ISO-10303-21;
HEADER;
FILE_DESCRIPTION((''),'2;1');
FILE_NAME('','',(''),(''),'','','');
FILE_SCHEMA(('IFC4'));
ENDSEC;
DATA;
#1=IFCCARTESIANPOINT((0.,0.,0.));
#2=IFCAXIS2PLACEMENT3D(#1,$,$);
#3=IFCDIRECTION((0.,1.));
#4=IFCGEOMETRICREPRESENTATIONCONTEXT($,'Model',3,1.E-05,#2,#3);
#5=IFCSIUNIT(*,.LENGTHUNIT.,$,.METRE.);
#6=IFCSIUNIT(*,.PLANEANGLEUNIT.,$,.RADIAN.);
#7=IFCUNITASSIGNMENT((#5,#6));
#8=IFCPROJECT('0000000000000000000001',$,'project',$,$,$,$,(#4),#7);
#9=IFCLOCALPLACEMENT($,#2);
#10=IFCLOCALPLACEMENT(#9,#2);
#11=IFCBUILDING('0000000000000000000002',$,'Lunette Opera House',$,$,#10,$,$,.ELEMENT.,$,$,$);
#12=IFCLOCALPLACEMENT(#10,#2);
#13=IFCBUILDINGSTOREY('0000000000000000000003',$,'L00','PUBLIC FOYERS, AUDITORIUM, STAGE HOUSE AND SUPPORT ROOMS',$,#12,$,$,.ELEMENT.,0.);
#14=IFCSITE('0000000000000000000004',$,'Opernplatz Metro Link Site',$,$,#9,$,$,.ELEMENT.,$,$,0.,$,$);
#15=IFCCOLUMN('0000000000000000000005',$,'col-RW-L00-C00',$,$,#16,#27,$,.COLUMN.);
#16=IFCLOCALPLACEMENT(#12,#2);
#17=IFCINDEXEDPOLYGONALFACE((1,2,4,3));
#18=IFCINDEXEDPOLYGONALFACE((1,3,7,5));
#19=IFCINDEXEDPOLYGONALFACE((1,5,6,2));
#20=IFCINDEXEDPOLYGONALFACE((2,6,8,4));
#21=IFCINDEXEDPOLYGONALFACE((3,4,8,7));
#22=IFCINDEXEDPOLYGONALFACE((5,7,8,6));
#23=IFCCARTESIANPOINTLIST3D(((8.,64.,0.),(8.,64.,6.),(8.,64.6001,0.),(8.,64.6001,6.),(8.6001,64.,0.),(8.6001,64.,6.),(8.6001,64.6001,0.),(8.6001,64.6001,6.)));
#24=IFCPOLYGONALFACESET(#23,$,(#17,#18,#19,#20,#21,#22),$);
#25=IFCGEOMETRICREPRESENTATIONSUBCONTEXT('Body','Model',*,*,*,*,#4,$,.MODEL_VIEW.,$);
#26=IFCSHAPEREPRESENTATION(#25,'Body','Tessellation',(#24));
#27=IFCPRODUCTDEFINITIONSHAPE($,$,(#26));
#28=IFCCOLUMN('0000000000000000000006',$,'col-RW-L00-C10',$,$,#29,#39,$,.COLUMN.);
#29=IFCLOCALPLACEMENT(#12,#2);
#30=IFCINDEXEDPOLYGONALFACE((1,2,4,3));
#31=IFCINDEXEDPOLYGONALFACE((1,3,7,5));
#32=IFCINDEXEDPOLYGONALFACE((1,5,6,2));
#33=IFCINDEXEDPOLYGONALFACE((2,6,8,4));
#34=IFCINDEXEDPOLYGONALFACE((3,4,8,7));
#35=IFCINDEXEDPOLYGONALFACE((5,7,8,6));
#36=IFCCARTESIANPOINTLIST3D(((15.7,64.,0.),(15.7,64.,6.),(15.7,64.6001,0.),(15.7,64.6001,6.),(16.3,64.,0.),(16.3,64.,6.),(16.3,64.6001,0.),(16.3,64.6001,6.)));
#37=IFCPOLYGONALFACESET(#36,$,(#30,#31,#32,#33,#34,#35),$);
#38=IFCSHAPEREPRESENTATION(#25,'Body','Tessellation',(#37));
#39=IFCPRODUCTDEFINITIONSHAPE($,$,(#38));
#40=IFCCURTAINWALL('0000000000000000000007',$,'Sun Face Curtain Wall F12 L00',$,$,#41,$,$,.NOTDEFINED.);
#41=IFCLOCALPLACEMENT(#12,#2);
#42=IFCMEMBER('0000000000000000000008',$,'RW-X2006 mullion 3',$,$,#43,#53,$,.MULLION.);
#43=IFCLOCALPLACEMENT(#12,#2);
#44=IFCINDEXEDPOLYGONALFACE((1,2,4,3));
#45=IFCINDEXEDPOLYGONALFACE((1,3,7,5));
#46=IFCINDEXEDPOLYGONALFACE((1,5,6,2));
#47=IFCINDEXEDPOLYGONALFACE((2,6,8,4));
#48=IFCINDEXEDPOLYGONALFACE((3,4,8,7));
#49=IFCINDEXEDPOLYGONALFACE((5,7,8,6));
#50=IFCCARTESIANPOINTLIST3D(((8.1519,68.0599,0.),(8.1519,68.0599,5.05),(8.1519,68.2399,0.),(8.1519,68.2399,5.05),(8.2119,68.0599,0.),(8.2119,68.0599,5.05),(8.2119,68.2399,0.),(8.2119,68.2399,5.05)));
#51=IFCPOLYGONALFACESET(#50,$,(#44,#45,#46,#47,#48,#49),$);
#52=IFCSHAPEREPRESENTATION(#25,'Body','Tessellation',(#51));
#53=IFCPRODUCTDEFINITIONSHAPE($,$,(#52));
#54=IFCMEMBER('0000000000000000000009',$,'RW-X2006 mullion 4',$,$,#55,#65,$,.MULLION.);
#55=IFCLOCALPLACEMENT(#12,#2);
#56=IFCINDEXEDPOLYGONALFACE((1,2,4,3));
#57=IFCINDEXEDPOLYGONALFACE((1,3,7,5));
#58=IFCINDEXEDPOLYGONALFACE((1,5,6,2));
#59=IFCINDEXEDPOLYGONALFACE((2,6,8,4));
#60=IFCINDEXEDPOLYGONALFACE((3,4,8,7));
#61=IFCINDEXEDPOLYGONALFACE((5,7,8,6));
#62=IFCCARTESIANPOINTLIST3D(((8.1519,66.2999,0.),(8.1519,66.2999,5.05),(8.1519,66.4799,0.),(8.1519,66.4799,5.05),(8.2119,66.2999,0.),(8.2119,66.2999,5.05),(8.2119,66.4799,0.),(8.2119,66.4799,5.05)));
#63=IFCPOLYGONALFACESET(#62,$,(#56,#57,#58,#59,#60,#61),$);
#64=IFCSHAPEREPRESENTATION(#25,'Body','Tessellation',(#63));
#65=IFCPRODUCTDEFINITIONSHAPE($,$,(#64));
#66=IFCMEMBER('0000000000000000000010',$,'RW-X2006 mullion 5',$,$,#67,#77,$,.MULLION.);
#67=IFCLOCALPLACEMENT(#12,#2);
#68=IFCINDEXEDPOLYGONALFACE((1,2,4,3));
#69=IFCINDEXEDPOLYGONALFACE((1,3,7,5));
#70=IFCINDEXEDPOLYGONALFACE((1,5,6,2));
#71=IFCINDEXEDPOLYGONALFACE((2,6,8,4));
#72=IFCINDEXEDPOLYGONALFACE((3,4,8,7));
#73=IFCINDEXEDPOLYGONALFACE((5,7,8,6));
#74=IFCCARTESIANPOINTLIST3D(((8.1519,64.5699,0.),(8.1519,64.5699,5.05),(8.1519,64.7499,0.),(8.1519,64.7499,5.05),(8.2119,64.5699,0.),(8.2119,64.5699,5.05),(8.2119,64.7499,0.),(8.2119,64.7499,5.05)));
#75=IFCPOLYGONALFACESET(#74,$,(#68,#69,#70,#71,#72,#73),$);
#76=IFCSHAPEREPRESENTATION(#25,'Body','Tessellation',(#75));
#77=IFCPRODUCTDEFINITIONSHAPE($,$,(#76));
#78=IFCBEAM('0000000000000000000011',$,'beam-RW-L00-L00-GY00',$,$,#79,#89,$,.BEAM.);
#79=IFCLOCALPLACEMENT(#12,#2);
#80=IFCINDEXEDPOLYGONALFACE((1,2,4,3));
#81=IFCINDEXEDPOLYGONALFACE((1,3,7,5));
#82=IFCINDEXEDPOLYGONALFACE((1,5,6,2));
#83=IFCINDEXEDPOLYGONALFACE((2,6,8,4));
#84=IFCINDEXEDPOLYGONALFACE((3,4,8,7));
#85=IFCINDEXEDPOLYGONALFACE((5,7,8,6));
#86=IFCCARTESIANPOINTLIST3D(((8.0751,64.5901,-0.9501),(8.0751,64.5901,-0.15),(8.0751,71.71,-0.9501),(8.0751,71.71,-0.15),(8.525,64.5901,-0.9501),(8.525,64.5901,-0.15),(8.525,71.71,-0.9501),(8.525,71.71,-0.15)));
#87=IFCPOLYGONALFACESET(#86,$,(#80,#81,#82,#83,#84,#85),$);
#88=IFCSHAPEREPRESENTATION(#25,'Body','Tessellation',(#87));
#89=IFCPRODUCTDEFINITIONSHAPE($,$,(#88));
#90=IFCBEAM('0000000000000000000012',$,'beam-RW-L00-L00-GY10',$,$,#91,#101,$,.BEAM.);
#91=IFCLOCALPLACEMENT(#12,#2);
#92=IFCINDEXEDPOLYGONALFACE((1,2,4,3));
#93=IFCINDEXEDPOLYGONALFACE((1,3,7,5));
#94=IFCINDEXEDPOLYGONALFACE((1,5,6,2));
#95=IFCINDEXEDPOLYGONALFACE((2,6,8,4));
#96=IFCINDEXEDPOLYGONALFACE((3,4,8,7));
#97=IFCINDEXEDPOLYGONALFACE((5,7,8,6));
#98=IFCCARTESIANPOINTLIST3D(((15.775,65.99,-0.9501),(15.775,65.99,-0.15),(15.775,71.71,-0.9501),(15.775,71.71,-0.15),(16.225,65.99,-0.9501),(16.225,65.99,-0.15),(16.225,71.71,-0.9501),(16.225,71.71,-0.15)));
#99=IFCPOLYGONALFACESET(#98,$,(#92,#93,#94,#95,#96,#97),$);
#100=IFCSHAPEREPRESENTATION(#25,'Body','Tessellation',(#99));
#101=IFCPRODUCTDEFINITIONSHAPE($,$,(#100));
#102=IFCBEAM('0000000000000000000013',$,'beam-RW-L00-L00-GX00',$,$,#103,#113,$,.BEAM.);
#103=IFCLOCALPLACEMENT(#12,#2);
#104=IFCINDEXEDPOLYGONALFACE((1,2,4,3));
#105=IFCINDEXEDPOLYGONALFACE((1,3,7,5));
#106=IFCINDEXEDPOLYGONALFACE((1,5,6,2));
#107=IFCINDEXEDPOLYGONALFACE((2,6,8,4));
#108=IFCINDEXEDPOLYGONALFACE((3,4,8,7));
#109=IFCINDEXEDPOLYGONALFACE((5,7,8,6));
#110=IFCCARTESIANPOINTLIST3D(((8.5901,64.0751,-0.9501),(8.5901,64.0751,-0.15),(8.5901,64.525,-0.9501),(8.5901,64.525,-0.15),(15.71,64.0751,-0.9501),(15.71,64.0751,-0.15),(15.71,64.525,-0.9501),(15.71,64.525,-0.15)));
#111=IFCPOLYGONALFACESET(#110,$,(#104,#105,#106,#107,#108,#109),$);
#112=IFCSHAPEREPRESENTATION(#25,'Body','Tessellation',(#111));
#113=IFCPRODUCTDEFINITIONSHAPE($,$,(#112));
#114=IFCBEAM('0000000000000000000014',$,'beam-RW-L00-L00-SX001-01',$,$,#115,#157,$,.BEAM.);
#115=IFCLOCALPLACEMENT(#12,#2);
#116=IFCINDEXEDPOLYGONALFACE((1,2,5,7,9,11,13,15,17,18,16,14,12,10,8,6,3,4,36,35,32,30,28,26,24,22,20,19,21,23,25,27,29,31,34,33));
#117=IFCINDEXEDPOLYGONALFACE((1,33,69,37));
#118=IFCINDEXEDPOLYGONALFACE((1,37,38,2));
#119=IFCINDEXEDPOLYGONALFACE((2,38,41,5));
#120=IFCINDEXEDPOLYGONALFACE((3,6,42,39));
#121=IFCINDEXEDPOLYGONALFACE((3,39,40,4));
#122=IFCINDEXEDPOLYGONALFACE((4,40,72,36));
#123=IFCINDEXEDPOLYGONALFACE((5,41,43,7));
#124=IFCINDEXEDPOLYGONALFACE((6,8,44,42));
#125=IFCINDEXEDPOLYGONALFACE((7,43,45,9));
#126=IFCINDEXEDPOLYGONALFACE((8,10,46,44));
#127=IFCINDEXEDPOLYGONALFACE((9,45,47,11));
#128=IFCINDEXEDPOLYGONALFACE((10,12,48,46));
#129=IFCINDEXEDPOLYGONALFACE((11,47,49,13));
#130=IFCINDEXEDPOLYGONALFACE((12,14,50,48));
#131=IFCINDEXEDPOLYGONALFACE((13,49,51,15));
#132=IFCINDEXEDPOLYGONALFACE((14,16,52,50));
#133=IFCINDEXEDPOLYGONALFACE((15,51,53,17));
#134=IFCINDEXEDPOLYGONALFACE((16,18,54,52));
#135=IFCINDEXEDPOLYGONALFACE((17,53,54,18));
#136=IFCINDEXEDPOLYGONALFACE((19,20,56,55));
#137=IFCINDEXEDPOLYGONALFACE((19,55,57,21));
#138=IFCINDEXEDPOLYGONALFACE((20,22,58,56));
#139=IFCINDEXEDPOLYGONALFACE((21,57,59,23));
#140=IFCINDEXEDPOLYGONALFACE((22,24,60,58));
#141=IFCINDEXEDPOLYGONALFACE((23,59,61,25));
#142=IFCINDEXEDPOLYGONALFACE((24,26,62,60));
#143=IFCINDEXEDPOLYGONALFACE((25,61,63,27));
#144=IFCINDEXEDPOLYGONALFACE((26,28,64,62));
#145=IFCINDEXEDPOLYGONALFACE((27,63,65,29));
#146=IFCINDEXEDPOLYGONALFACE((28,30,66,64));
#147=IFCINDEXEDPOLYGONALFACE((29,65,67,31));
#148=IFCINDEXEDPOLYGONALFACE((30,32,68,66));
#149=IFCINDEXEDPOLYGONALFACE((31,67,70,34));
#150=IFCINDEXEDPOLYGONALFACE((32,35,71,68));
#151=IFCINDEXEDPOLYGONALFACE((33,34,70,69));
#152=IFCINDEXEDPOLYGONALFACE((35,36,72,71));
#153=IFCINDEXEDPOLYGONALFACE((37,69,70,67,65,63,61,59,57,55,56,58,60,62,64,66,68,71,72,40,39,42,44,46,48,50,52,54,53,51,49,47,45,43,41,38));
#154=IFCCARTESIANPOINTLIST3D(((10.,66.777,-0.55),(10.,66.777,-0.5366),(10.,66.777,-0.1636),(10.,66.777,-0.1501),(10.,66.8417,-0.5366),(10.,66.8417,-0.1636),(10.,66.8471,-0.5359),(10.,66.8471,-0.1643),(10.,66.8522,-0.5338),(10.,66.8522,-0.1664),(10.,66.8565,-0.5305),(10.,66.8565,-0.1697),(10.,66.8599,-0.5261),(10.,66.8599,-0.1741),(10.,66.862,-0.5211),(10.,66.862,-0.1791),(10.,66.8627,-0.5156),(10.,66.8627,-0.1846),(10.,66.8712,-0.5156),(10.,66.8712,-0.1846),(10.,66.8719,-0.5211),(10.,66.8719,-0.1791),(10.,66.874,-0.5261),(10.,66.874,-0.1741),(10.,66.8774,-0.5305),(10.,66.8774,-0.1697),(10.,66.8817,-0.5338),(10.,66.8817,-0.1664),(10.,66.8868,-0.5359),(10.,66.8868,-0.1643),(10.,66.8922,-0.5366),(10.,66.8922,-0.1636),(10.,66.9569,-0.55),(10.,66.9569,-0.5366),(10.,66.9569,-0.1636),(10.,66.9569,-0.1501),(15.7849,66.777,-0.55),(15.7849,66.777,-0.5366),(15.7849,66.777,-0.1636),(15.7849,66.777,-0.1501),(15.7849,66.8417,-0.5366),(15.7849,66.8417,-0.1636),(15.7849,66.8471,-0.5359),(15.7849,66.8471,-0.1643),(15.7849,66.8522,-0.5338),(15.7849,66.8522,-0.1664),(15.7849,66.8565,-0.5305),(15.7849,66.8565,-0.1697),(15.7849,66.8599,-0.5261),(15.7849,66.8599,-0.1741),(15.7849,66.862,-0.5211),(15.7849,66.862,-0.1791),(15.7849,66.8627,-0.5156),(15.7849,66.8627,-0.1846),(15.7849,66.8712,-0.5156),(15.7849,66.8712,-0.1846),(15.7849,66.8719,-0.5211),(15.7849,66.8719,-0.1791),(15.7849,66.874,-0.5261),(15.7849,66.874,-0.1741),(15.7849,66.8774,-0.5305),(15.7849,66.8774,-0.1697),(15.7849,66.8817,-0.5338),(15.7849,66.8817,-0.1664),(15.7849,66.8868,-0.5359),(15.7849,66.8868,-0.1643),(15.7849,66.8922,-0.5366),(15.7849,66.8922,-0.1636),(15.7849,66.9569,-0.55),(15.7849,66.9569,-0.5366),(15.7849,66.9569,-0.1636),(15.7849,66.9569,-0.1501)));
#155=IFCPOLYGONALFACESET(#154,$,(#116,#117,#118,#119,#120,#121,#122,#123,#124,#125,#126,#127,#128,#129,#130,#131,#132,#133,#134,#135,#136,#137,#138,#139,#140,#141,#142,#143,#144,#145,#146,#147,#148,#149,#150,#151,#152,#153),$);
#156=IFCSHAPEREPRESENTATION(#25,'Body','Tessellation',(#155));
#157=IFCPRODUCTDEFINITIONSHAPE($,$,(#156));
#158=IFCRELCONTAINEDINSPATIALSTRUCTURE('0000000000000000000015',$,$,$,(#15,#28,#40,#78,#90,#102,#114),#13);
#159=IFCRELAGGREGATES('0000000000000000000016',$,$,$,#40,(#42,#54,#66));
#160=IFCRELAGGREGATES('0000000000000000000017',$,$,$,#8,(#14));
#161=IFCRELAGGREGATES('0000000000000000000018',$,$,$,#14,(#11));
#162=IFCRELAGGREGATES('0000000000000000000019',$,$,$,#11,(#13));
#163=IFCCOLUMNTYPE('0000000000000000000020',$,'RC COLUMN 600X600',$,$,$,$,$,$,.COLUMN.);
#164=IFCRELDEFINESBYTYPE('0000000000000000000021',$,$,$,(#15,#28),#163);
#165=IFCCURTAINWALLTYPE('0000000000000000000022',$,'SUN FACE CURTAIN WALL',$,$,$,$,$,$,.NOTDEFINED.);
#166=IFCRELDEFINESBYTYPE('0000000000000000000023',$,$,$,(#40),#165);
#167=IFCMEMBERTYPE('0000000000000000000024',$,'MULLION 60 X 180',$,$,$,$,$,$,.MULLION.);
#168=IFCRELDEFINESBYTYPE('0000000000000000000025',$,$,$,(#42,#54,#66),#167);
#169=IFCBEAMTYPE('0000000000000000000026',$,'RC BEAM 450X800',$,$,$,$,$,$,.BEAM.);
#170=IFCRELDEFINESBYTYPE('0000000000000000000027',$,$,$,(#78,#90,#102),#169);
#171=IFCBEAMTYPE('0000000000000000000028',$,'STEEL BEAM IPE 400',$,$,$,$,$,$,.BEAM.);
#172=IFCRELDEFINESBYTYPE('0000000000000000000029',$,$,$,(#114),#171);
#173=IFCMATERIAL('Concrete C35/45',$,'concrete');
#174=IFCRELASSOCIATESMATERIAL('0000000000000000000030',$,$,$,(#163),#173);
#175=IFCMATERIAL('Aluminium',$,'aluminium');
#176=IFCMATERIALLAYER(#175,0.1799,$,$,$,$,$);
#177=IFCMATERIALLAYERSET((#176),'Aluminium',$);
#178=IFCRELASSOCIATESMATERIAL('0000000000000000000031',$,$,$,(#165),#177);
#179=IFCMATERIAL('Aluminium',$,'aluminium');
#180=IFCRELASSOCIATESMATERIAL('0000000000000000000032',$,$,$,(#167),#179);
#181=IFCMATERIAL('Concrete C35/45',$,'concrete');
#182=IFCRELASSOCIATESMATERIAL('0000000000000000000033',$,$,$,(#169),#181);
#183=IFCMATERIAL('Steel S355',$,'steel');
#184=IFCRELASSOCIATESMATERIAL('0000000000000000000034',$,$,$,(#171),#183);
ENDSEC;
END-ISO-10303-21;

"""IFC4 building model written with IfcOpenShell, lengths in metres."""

from ifc_helpers import new_model, si_unit, direction, frame, origin, origin_2d, place, context, subcontext, project, spatial, rectangle, i_section, extrude, material, layer, layer_set, material_profile, profile_set, type_object, element, aggregate, save


model = new_model("IFC4")

# Units and contexts
model_context = context("Model", 3, precision=1e-05, world=origin(), true_north=direction((0.0, 1.0)))
body_context = subcontext(model_context, "Body", "Model", "MODEL_VIEW")
ifc_project = project(units=[si_unit("LENGTHUNIT", "METRE"), si_unit("PLANEANGLEUNIT", "RADIAN")], contexts=[model_context])

# Site, building, storey
site_placement = place(None, origin())
site = spatial("IfcSite", under=ifc_project, at=site_placement, Name="Opernplatz Metro Link Site", CompositionType="ELEMENT", RefElevation=0.0)
building_placement = place(site_placement, origin())
building = spatial("IfcBuilding", under=site, at=building_placement, Name="Lunette Opera House", CompositionType="ELEMENT")
storey_placement = place(building_placement, origin())
storey = spatial("IfcBuildingStorey", under=building, at=storey_placement, Name="L00", Description="PUBLIC FOYERS, AUDITORIUM, STAGE HOUSE AND SUPPORT ROOMS", CompositionType="ELEMENT", Elevation=0.0)

# Columns
ifc_material_1 = material(Name="Concrete C35/45", Category="concrete")
ifc_material_profile_1 = material_profile(ifc_material_1, rectangle(XDim=0.6001, YDim=0.6001, at=origin_2d()), Name="RC COLUMN 600X600")
ifc_profile_set_1 = profile_set([ifc_material_profile_1], Name="Concrete C35/45")
column_type = type_object("IfcColumnType", Name="RC COLUMN 600X600", PredefinedType="COLUMN", material=ifc_profile_set_1)
for number, where, z_axis, x_axis, name in (
    (1, (8.3, 64.3, 0.0), (0.0, 0.0, 1.0), (1.0, 0.0, 0.0), "col-RW-L00-C00"),
    (2, (16.0, 64.3, 0.0), (0.0, 0.0, 1.0), (1.0, 0.0, 0.0), "col-RW-L00-C10"),
):
    element("IfcColumn", number, at=place(storey_placement, frame(where, z_axis=z_axis, x_axis=x_axis)), inside=storey, type_object=column_type, Name=name, PredefinedType="COLUMN", context=body_context, shape_type="SweptSolid", body=[
        extrude(rectangle(XDim=0.6001, YDim=0.6001, at=origin_2d()), origin(), (0.0, 0.0, 1.0), 6.0),
    ])

# Curtain wall, members
ifc_material_2 = material(Name="Aluminium", Category="aluminium")
ifc_layer_1 = layer(ifc_material_2, 0.1799)
ifc_layer_set_1 = layer_set([ifc_layer_1], Name="Aluminium")
curtain_wall_type = type_object("IfcCurtainWallType", Name="SUN FACE CURTAIN WALL", PredefinedType="NOTDEFINED", material=ifc_layer_set_1)
curtain_wall_placement = place(storey_placement, origin())
curtain_wall = element("IfcCurtainWall", 3, at=curtain_wall_placement, inside=storey, type_object=curtain_wall_type, Name="Sun Face Curtain Wall F12 L00", PredefinedType="NOTDEFINED")
ifc_material_3 = material(Name="Aluminium", Category="aluminium")
ifc_material_profile_2 = material_profile(ifc_material_3, rectangle(XDim=0.0601, YDim=0.1799, at=origin_2d()), Name="MULLION 60 X 180")
ifc_profile_set_2 = profile_set([ifc_material_profile_2], Name="Aluminium")
member_type_1 = type_object("IfcMemberType", Name="MULLION 60 X 180", PredefinedType="MULLION", material=ifc_profile_set_2)
member_1_placement = place(storey_placement, frame((8.1819, 68.1499, 0.0), z_axis=(0.0, 0.0, 1.0), x_axis=(1.0, 0.0, 0.0)))
member_1 = element("IfcMember", 4, at=member_1_placement, type_object=member_type_1, Name="RW-X2006 mullion 3", PredefinedType="MULLION", context=body_context, shape_type="SweptSolid", body=[
    extrude(rectangle(XDim=0.0601, YDim=0.1799, at=origin_2d()), origin(), (0.0, 0.0, 1.0), 5.05),
])
member_2_placement = place(storey_placement, frame((8.1819, 66.3899, 0.0), z_axis=(0.0, 0.0, 1.0), x_axis=(1.0, 0.0, 0.0)))
member_2 = element("IfcMember", 5, at=member_2_placement, type_object=member_type_1, Name="RW-X2006 mullion 4", PredefinedType="MULLION", context=body_context, shape_type="SweptSolid", body=[
    extrude(rectangle(XDim=0.0601, YDim=0.1799, at=origin_2d()), origin(), (0.0, 0.0, 1.0), 5.05),
])
member_3_placement = place(storey_placement, frame((8.1819, 64.6599, 0.0), z_axis=(0.0, 0.0, 1.0), x_axis=(1.0, 0.0, 0.0)))
member_3 = element("IfcMember", 6, at=member_3_placement, type_object=member_type_1, Name="RW-X2006 mullion 5", PredefinedType="MULLION", context=body_context, shape_type="SweptSolid", body=[
    extrude(rectangle(XDim=0.0601, YDim=0.1799, at=origin_2d()), origin(), (0.0, 0.0, 1.0), 5.05),
])

# Beams
ifc_material_4 = material(Name="Concrete C35/45", Category="concrete")
ifc_material_profile_3 = material_profile(ifc_material_4, rectangle(XDim=0.45, YDim=0.8, at=origin_2d()), Name="RC BEAM 450X800")
ifc_profile_set_3 = profile_set([ifc_material_profile_3], Name="Concrete C35/45")
beam_type_1 = type_object("IfcBeamType", Name="RC BEAM 450X800", PredefinedType="BEAM", material=ifc_profile_set_3)
beam_1_placement = place(storey_placement, frame((8.3, 64.5901, -0.55), z_axis=(0.0, 1.0, 0.0), x_axis=(-1.0, 0.0, 0.0)))
element("IfcBeam", 7, at=beam_1_placement, inside=storey, type_object=beam_type_1, Name="beam-RW-L00-L00-GY00", PredefinedType="BEAM", context=body_context, shape_type="SweptSolid", body=[
    extrude(rectangle(XDim=0.45, YDim=0.8, at=origin_2d()), origin(), (0.0, 0.0, 1.0), 7.1199),
])
beam_2_placement = place(storey_placement, frame((16.0, 65.99, -0.55), z_axis=(0.0, 1.0, 0.0), x_axis=(-1.0, 0.0, 0.0)))
element("IfcBeam", 8, at=beam_2_placement, inside=storey, type_object=beam_type_1, Name="beam-RW-L00-L00-GY10", PredefinedType="BEAM", context=body_context, shape_type="SweptSolid", body=[
    extrude(rectangle(XDim=0.45, YDim=0.8, at=origin_2d()), origin(), (0.0, 0.0, 1.0), 5.72),
])
beam_3_placement = place(storey_placement, frame((8.5901, 64.3, -0.55), z_axis=(1.0, 0.0, 0.0), x_axis=(0.0, 1.0, 0.0)))
element("IfcBeam", 9, at=beam_3_placement, inside=storey, type_object=beam_type_1, Name="beam-RW-L00-L00-GX00", PredefinedType="BEAM", context=body_context, shape_type="SweptSolid", body=[
    extrude(rectangle(XDim=0.45, YDim=0.8, at=origin_2d()), origin(), (0.0, 0.0, 1.0), 7.1199),
])
ifc_material_5 = material(Name="Steel S355", Category="steel")
ifc_material_profile_4 = material_profile(ifc_material_5, i_section(OverallWidth=0.1799, OverallDepth=0.3999, WebThickness=0.0085, FlangeThickness=0.0134, FilletRadius=0.021, at=origin_2d()), Name="IPE 400")
ifc_profile_set_4 = profile_set([ifc_material_profile_4], Name="Steel S355")
beam_type_2 = type_object("IfcBeamType", Name="STEEL BEAM IPE 400", PredefinedType="BEAM", material=ifc_profile_set_4)
for number, where, z_axis, x_axis, name in (
    (10, (10.0, 66.8669, -0.3501), (1.0, 0.0, 0.0), (0.0, 1.0, 0.0), "beam-RW-L00-L00-SX001-01"),
):
    element("IfcBeam", number, at=place(storey_placement, frame(where, z_axis=z_axis, x_axis=x_axis)), inside=storey, type_object=beam_type_2, Name=name, PredefinedType="BEAM", context=body_context, shape_type="SweptSolid", body=[
        extrude(i_section(OverallWidth=0.1799, OverallDepth=0.3999, WebThickness=0.0085, FlangeThickness=0.0134, FilletRadius=0.021, at=origin_2d()), origin(), (0.0, 0.0, 1.0), 5.7849),
    ])

aggregate(curtain_wall, [member_1, member_2, member_3])

save(model, "model.ifc")
